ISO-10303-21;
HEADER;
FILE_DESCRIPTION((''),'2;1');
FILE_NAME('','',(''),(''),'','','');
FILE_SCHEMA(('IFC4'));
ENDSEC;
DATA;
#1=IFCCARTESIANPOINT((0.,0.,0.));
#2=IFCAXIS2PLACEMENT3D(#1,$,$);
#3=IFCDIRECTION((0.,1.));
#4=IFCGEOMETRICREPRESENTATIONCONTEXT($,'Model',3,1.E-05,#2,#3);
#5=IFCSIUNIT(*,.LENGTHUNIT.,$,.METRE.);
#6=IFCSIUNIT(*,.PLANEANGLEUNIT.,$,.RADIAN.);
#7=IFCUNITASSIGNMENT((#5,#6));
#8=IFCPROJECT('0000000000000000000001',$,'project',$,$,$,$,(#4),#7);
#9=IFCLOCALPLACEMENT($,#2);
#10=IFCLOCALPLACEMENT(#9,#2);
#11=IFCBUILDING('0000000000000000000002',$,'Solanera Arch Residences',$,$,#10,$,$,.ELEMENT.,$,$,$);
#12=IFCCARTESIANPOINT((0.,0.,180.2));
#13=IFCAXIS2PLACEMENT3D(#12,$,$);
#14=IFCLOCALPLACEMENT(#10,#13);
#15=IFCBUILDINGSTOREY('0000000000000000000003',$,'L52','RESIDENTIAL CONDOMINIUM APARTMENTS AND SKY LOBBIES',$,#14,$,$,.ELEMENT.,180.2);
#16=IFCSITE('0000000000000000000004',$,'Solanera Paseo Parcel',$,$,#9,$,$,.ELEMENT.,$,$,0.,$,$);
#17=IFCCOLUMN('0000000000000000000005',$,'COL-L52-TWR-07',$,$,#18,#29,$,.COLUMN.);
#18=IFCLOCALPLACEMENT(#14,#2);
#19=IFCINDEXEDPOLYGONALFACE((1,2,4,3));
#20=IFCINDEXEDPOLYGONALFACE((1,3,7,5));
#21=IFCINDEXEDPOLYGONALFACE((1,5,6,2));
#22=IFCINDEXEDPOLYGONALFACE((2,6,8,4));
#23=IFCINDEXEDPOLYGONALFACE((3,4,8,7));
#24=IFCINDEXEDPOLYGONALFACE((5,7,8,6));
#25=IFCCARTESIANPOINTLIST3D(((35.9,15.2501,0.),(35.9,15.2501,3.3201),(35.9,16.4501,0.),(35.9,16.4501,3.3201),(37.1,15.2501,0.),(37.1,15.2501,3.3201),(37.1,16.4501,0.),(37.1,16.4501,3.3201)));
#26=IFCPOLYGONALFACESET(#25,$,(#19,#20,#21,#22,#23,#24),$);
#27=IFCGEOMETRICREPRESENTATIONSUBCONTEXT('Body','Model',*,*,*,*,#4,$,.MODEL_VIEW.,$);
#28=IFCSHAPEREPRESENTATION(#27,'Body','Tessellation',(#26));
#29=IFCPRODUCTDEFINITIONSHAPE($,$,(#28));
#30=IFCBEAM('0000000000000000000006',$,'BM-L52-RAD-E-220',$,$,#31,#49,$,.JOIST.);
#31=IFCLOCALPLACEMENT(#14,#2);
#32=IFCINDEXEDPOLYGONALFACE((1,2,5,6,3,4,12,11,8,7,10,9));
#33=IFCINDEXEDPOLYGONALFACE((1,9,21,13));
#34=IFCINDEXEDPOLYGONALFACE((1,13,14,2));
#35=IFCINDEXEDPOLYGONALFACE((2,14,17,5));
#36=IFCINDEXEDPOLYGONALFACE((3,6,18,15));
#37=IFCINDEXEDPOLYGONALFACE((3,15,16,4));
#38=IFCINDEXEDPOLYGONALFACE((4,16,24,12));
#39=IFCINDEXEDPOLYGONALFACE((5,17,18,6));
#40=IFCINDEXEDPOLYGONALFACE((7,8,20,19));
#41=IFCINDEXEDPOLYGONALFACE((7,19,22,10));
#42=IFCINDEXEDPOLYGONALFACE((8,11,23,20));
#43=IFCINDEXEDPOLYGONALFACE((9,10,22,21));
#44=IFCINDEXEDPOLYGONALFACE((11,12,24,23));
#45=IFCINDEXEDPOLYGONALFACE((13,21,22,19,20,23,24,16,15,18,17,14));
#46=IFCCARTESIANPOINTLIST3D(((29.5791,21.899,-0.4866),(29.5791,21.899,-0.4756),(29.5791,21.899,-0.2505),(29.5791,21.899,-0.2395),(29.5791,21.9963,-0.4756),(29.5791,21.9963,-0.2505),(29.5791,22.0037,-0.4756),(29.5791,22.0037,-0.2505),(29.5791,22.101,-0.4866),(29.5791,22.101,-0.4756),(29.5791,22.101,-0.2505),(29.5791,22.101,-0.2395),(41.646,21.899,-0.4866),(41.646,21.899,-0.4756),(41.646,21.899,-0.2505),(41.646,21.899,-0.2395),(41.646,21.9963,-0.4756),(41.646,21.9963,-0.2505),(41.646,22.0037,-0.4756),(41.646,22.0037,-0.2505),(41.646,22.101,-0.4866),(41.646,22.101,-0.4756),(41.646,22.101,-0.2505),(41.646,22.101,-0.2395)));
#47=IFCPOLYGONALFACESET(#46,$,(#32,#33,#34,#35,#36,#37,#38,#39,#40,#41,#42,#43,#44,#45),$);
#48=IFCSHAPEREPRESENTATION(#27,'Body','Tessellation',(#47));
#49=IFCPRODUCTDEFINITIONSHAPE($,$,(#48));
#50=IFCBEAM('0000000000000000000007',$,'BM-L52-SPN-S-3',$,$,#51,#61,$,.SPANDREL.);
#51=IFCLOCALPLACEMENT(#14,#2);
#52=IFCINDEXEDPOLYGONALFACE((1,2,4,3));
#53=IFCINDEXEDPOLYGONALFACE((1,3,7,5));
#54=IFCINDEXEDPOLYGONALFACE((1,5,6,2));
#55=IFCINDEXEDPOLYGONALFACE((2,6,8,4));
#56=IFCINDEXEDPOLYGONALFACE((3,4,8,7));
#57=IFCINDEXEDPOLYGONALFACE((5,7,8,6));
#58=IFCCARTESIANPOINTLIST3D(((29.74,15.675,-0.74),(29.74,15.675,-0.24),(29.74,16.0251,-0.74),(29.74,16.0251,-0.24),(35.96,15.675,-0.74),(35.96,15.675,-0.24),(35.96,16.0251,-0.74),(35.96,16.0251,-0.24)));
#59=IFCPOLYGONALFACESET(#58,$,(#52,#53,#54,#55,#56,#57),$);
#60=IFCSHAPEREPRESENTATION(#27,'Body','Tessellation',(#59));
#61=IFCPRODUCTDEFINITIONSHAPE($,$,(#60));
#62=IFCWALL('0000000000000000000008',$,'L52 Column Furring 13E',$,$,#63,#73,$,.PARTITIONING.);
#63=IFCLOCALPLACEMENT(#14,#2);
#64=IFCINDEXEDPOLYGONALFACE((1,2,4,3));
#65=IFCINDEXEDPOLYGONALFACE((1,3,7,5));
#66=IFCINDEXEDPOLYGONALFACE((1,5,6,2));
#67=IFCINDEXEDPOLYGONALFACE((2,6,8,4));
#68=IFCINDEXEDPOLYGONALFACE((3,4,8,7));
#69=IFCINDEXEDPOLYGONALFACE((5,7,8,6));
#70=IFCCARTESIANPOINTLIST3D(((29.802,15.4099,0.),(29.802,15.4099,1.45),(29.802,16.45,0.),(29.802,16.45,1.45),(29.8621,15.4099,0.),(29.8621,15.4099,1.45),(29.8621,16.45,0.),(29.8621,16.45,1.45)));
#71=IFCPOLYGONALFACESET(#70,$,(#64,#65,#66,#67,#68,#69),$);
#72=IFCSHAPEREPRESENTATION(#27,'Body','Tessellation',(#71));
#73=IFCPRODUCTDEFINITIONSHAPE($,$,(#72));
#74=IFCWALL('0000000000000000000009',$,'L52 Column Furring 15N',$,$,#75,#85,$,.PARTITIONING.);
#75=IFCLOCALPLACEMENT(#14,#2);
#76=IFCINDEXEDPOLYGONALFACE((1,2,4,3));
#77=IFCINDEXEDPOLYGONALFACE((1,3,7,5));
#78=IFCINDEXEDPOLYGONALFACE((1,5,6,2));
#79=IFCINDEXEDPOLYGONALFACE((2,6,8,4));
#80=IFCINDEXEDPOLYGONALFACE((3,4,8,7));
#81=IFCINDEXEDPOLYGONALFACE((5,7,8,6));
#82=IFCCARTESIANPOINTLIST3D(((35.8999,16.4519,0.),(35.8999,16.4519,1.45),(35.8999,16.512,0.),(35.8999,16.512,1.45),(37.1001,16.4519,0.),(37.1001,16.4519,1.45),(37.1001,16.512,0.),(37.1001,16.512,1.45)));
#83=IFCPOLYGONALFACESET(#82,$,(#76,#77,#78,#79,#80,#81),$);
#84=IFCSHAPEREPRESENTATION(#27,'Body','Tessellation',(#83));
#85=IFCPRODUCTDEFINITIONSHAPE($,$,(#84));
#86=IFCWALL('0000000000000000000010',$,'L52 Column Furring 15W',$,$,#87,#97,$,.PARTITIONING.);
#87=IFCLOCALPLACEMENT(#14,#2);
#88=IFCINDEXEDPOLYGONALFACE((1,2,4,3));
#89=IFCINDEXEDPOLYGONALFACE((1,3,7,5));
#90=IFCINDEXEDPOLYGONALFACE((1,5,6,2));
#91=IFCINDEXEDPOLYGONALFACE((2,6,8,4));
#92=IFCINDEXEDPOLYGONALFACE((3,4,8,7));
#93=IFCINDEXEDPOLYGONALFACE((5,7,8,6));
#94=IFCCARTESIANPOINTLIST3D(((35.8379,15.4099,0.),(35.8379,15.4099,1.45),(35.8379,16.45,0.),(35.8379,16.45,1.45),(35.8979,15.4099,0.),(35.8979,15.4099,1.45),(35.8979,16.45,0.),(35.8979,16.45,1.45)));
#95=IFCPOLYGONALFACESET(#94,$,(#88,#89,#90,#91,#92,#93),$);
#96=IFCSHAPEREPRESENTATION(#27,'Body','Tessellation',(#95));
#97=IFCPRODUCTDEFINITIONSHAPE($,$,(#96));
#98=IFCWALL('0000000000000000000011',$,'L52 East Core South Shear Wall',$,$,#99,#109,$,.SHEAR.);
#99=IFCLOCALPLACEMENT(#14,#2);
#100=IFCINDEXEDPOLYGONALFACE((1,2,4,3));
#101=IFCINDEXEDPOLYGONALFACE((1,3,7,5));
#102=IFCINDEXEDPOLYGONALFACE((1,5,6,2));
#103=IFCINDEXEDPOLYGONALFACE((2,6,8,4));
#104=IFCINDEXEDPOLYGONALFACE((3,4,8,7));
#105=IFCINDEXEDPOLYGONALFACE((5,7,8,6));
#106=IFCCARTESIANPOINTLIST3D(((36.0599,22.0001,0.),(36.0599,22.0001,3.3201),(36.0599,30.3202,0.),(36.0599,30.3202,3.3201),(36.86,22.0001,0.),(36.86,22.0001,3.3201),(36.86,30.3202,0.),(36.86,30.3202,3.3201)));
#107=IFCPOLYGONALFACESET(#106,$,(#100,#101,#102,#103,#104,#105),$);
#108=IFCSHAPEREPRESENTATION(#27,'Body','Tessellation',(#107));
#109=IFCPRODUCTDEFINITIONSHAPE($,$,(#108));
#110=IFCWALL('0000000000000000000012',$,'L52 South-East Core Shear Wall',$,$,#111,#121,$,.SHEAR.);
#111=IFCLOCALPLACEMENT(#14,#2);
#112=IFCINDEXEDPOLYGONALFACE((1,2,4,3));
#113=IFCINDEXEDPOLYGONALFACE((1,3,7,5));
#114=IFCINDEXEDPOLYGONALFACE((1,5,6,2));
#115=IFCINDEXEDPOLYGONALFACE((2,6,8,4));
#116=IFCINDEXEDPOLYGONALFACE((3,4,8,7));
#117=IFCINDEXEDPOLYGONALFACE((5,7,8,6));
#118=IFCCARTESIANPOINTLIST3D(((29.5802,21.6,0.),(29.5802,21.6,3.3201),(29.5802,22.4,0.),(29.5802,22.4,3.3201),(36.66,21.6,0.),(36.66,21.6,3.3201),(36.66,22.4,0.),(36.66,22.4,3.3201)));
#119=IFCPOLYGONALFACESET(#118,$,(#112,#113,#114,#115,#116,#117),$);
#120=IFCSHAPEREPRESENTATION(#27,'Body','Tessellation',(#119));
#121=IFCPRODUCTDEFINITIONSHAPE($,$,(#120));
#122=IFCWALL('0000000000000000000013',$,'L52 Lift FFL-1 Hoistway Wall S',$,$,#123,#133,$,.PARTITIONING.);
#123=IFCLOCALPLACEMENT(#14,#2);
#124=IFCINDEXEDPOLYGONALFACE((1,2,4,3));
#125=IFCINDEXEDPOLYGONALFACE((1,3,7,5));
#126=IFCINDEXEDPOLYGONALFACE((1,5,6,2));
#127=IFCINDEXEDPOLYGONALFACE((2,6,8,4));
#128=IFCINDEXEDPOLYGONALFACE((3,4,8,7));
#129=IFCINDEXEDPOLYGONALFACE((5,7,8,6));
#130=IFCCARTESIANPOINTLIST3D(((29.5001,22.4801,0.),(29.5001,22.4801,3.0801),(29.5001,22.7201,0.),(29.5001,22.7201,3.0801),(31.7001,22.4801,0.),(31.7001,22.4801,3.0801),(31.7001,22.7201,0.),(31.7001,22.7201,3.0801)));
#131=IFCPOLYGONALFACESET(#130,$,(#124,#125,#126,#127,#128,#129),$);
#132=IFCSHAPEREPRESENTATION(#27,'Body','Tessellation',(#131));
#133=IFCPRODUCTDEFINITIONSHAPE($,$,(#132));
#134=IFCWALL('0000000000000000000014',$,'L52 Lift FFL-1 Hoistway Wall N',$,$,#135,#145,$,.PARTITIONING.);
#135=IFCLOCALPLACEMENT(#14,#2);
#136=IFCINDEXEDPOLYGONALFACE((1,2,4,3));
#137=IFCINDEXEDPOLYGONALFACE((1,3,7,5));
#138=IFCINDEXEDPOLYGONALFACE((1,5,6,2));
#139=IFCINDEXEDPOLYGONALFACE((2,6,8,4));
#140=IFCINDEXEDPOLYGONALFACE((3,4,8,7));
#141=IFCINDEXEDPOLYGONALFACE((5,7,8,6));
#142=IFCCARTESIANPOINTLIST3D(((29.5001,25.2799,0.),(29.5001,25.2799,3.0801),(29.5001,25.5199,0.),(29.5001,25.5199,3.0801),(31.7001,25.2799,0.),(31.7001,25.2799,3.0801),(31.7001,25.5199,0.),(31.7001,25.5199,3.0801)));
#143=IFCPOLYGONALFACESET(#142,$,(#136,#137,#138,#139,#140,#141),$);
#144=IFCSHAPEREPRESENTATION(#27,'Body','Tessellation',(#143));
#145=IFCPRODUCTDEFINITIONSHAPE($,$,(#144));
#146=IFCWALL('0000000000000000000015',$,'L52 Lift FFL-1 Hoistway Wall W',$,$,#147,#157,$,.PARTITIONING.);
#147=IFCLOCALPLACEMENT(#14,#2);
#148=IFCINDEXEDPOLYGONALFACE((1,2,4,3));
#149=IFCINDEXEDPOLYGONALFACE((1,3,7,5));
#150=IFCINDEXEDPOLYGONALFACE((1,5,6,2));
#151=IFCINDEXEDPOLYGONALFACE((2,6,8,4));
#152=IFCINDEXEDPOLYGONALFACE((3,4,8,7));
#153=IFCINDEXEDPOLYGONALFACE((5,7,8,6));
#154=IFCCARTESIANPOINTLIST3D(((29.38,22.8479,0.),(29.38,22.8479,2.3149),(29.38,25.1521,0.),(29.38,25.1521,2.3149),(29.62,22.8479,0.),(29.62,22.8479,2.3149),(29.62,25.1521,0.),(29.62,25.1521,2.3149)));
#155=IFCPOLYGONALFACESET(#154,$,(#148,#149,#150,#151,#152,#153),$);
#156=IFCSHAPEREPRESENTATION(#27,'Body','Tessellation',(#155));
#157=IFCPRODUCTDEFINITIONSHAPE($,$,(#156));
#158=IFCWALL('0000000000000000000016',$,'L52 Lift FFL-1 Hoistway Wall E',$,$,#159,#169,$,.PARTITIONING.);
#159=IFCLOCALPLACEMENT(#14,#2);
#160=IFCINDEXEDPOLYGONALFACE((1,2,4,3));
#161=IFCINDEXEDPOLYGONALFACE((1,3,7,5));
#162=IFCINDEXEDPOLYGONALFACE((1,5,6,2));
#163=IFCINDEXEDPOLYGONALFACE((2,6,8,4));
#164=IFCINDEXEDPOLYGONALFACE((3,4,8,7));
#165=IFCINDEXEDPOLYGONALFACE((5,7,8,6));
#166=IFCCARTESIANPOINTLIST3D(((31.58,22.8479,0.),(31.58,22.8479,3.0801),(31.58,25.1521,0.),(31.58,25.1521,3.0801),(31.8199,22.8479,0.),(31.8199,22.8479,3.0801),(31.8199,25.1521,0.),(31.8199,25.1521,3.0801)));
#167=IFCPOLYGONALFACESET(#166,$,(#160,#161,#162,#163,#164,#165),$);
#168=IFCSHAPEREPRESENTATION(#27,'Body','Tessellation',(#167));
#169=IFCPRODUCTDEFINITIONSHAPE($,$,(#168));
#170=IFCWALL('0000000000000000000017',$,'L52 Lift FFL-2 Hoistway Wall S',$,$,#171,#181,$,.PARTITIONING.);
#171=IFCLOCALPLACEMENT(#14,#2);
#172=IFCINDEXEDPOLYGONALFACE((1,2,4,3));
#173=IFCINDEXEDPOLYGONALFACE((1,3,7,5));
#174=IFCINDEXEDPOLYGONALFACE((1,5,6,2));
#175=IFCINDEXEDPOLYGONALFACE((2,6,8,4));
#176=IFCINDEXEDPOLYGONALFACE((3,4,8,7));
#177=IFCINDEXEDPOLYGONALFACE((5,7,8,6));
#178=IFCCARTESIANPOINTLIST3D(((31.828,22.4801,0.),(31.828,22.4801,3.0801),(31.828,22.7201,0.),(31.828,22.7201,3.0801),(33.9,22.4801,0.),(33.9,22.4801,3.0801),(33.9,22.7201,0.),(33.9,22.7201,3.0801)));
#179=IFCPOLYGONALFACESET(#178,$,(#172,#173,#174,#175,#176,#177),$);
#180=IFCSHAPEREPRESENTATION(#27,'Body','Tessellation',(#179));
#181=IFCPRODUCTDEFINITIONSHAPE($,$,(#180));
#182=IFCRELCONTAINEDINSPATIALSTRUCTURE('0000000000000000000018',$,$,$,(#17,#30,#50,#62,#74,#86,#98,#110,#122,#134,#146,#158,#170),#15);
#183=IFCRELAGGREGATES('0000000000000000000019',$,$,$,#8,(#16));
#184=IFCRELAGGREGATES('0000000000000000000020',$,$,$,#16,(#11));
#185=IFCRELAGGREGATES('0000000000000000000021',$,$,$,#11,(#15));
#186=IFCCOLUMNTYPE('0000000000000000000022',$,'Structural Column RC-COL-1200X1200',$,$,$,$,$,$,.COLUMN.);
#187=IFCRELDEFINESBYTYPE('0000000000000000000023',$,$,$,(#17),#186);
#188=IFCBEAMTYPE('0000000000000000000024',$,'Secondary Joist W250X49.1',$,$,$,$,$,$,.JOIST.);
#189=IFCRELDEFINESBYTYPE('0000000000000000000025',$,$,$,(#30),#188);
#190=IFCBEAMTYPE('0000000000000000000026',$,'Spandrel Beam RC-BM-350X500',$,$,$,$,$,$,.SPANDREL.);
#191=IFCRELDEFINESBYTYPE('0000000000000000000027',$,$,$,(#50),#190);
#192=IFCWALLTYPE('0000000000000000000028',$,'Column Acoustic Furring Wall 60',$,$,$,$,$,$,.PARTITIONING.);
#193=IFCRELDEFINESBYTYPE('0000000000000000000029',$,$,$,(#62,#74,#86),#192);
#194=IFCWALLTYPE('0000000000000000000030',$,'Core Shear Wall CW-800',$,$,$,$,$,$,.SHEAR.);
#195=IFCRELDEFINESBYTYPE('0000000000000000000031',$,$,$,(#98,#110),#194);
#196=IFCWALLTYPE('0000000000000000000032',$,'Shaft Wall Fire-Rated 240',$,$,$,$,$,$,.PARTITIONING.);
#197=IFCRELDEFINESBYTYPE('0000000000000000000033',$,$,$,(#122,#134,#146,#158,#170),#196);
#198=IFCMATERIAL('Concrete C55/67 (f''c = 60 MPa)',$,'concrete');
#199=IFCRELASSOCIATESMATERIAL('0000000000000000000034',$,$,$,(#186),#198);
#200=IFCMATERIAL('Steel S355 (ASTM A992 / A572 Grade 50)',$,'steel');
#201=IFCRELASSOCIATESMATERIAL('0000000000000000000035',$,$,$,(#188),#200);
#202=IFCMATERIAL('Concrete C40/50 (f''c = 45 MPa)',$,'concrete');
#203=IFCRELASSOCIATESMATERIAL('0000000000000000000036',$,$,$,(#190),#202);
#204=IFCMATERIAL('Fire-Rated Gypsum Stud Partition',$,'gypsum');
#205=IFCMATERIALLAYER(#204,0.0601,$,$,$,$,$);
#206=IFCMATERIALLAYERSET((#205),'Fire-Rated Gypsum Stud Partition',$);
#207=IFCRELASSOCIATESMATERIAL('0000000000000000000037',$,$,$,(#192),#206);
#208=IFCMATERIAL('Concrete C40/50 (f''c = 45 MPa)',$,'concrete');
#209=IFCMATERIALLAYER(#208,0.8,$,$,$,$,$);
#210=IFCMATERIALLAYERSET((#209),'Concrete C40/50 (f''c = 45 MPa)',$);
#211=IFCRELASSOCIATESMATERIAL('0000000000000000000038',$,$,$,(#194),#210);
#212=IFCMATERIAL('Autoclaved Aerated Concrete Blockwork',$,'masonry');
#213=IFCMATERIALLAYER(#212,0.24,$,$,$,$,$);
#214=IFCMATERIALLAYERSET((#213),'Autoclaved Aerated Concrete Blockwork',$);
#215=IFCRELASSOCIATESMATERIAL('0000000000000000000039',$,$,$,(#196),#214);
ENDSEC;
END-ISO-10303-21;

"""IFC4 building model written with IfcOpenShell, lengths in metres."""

from ifc_helpers import new_model, si_unit, direction, frame, frame_2d, origin, origin_2d, place, context, subcontext, project, spatial, rectangle, i_section, extrude, material, layer, layer_set, material_profile, profile_set, type_object, element, save


model = new_model("IFC4")

# Units and contexts
model_context = context("Model", 3, precision=1e-05, world=origin(), true_north=direction((0.0, 1.0)))
body_context = subcontext(model_context, "Body", "Model", "MODEL_VIEW")
ifc_project = project(units=[si_unit("LENGTHUNIT", "METRE"), si_unit("PLANEANGLEUNIT", "RADIAN")], contexts=[model_context])

# Site, building, storey
site_placement = place(None, origin())
site = spatial("IfcSite", under=ifc_project, at=site_placement, Name="Solanera Paseo Parcel", CompositionType="ELEMENT", RefElevation=0.0)
building_placement = place(site_placement, origin())
building = spatial("IfcBuilding", under=site, at=building_placement, Name="Solanera Arch Residences", CompositionType="ELEMENT")
storey_placement = place(building_placement, frame((0.0, 0.0, 180.2)))
storey = spatial("IfcBuildingStorey", under=building, at=storey_placement, Name="L52", Description="RESIDENTIAL CONDOMINIUM APARTMENTS AND SKY LOBBIES", CompositionType="ELEMENT", Elevation=180.2)

# Column
ifc_material_1 = material(Name="Concrete C55/67 (f'c = 60 MPa)", Category="concrete")
ifc_material_profile_1 = material_profile(ifc_material_1, rectangle(XDim=1.2, YDim=1.2, at=origin_2d()))
ifc_profile_set_1 = profile_set([ifc_material_profile_1], Name="Concrete C55/67 (f'c = 60 MPa)")
column_type = type_object("IfcColumnType", Name="Structural Column RC-COL-1200X1200", PredefinedType="COLUMN", material=ifc_profile_set_1)
column_placement = place(storey_placement, frame((36.5, 15.8501, 0.0), z_axis=(0.0, 0.0, 1.0), x_axis=(1.0, 0.0, 0.0)))
element("IfcColumn", 1, at=column_placement, inside=storey, type_object=column_type, Name="COL-L52-TWR-07", PredefinedType="COLUMN", context=body_context, shape_type="SweptSolid", body=[
    extrude(rectangle(XDim=1.2, YDim=1.2, at=origin_2d()), origin(), (0.0, 0.0, 1.0), 3.3201),
])

# Beams
ifc_material_2 = material(Name="Steel S355 (ASTM A992 / A572 Grade 50)", Category="steel")
ifc_material_profile_2 = material_profile(ifc_material_2, i_section(OverallWidth=0.2019, OverallDepth=0.2471, WebThickness=0.0073, FlangeThickness=0.011, at=origin_2d()))
ifc_profile_set_2 = profile_set([ifc_material_profile_2], Name="Steel S355 (ASTM A992 / A572 Grade 50)")
beam_type_1 = type_object("IfcBeamType", Name="Secondary Joist W250X49.1", PredefinedType="JOIST", material=ifc_profile_set_2)
beam_1_placement = place(storey_placement, frame((29.5791, 22.0, -0.363), z_axis=(1.0, 0.0, 0.0), x_axis=(0.0, 1.0, 0.0)))
element("IfcBeam", 2, at=beam_1_placement, inside=storey, type_object=beam_type_1, Name="BM-L52-RAD-E-220", PredefinedType="JOIST", context=body_context, shape_type="SweptSolid", body=[
    extrude(i_section(OverallWidth=0.2019, OverallDepth=0.2471, WebThickness=0.0073, FlangeThickness=0.011, at=origin_2d()), origin(), (0.0, 0.0, 1.0), 12.0669),
])
ifc_material_3 = material(Name="Concrete C40/50 (f'c = 45 MPa)", Category="concrete")
ifc_material_profile_3 = material_profile(ifc_material_3, rectangle(XDim=0.3501, YDim=0.5, at=origin_2d()))
ifc_profile_set_3 = profile_set([ifc_material_profile_3], Name="Concrete C40/50 (f'c = 45 MPa)")
beam_type_2 = type_object("IfcBeamType", Name="Spandrel Beam RC-BM-350X500", PredefinedType="SPANDREL", material=ifc_profile_set_3)
beam_2_placement = place(storey_placement, frame((29.74, 15.8501, -0.49), z_axis=(1.0, 0.0, 0.0), x_axis=(0.0, 1.0, 0.0)))
element("IfcBeam", 3, at=beam_2_placement, inside=storey, type_object=beam_type_2, Name="BM-L52-SPN-S-3", PredefinedType="SPANDREL", context=body_context, shape_type="SweptSolid", body=[
    extrude(rectangle(XDim=0.3501, YDim=0.5, at=origin_2d()), origin(), (0.0, 0.0, 1.0), 6.22),
])

# Walls
ifc_material_4 = material(Name="Fire-Rated Gypsum Stud Partition", Category="gypsum")
ifc_layer_1 = layer(ifc_material_4, 0.0601)
ifc_layer_set_1 = layer_set([ifc_layer_1], Name="Fire-Rated Gypsum Stud Partition")
wall_type_1 = type_object("IfcWallType", Name="Column Acoustic Furring Wall 60", PredefinedType="PARTITIONING", material=ifc_layer_set_1)
wall_1_placement = place(storey_placement, frame((29.832, 15.4099, 0.0), z_axis=(0.0, 0.0, 1.0), x_axis=(0.0, 1.0, 0.0)))
element("IfcWall", 4, at=wall_1_placement, inside=storey, type_object=wall_type_1, Name="L52 Column Furring 13E", PredefinedType="PARTITIONING", context=body_context, shape_type="SweptSolid", body=[
    extrude(rectangle(XDim=1.04, YDim=0.0601, at=frame_2d((0.52, 0.0))), origin(), (0.0, 0.0, 1.0), 1.45),
])
wall_2_placement = place(storey_placement, frame((35.8999, 16.4819, 0.0), z_axis=(0.0, 0.0, 1.0), x_axis=(1.0, 0.0, 0.0)))
element("IfcWall", 5, at=wall_2_placement, inside=storey, type_object=wall_type_1, Name="L52 Column Furring 15N", PredefinedType="PARTITIONING", context=body_context, shape_type="SweptSolid", body=[
    extrude(rectangle(XDim=1.2002, YDim=0.0601, at=frame_2d((0.6001, 0.0))), origin(), (0.0, 0.0, 1.0), 1.45),
])
wall_3_placement = place(storey_placement, frame((35.8679, 15.4099, 0.0), z_axis=(0.0, 0.0, 1.0), x_axis=(0.0, 1.0, 0.0)))
element("IfcWall", 6, at=wall_3_placement, inside=storey, type_object=wall_type_1, Name="L52 Column Furring 15W", PredefinedType="PARTITIONING", context=body_context, shape_type="SweptSolid", body=[
    extrude(rectangle(XDim=1.04, YDim=0.0601, at=frame_2d((0.52, 0.0))), origin(), (0.0, 0.0, 1.0), 1.45),
])
ifc_material_5 = material(Name="Concrete C40/50 (f'c = 45 MPa)", Category="concrete")
ifc_layer_2 = layer(ifc_material_5, 0.8)
ifc_layer_set_2 = layer_set([ifc_layer_2], Name="Concrete C40/50 (f'c = 45 MPa)")
wall_type_2 = type_object("IfcWallType", Name="Core Shear Wall CW-800", PredefinedType="SHEAR", material=ifc_layer_set_2)
wall_4_placement = place(storey_placement, frame((36.46, 22.0, 0.0), z_axis=(0.0, 0.0, 1.0), x_axis=(0.0, 1.0, 0.0)))
element("IfcWall", 7, at=wall_4_placement, inside=storey, type_object=wall_type_2, Name="L52 East Core South Shear Wall", PredefinedType="SHEAR", context=body_context, shape_type="SweptSolid", body=[
    extrude(rectangle(XDim=8.3201, YDim=0.8, at=frame_2d((4.1602, 0.0))), origin(), (0.0, 0.0, 1.0), 3.3201),
])
wall_5_placement = place(storey_placement, frame((29.5801, 22.0, 0.0), z_axis=(0.0, 0.0, 1.0), x_axis=(1.0, 0.0, 0.0)))
element("IfcWall", 8, at=wall_5_placement, inside=storey, type_object=wall_type_2, Name="L52 South-East Core Shear Wall", PredefinedType="SHEAR", context=body_context, shape_type="SweptSolid", body=[
    extrude(rectangle(XDim=7.0798, YDim=0.8, at=frame_2d((3.54, 0.0))), origin(), (0.0, 0.0, 1.0), 3.3201),
])
ifc_material_6 = material(Name="Autoclaved Aerated Concrete Blockwork", Category="masonry")
ifc_layer_3 = layer(ifc_material_6, 0.24)
ifc_layer_set_3 = layer_set([ifc_layer_3], Name="Autoclaved Aerated Concrete Blockwork")
wall_type_3 = type_object("IfcWallType", Name="Shaft Wall Fire-Rated 240", PredefinedType="PARTITIONING", material=ifc_layer_set_3)
for number, where, z_axis, x_axis, name in (
    (9, (29.5, 22.6001, 0.0), (0.0, 0.0, 1.0), (1.0, 0.0, 0.0), "L52 Lift FFL-1 Hoistway Wall S"),
    (10, (29.5, 25.3999, 0.0), (0.0, 0.0, 1.0), (1.0, 0.0, 0.0), "L52 Lift FFL-1 Hoistway Wall N"),
):
    element("IfcWall", number, at=place(storey_placement, frame(where, z_axis=z_axis, x_axis=x_axis)), inside=storey, type_object=wall_type_3, Name=name, PredefinedType="PARTITIONING", context=body_context, shape_type="SweptSolid", body=[
        extrude(rectangle(XDim=2.2, YDim=0.24, at=frame_2d((1.1001, 0.0))), origin(), (0.0, 0.0, 1.0), 3.0801),
    ])
wall_6_placement = place(storey_placement, frame((29.5, 22.8479, 0.0), z_axis=(0.0, 0.0, 1.0), x_axis=(0.0, 1.0, 0.0)))
element("IfcWall", 11, at=wall_6_placement, inside=storey, type_object=wall_type_3, Name="L52 Lift FFL-1 Hoistway Wall W", PredefinedType="PARTITIONING", context=body_context, shape_type="SweptSolid", body=[
    extrude(rectangle(XDim=2.3042, YDim=0.24, at=frame_2d((1.1521, 0.0))), origin(), (0.0, 0.0, 1.0), 2.3149),
])
wall_7_placement = place(storey_placement, frame((31.7, 22.8479, 0.0), z_axis=(0.0, 0.0, 1.0), x_axis=(0.0, 1.0, 0.0)))
element("IfcWall", 12, at=wall_7_placement, inside=storey, type_object=wall_type_3, Name="L52 Lift FFL-1 Hoistway Wall E", PredefinedType="PARTITIONING", context=body_context, shape_type="SweptSolid", body=[
    extrude(rectangle(XDim=2.3042, YDim=0.24, at=frame_2d((1.1521, 0.0))), origin(), (0.0, 0.0, 1.0), 3.0801),
])
for number, where, z_axis, x_axis, name in (
    (13, (31.8279, 22.6001, 0.0), (0.0, 0.0, 1.0), (1.0, 0.0, 0.0), "L52 Lift FFL-2 Hoistway Wall S"),
):
    element("IfcWall", number, at=place(storey_placement, frame(where, z_axis=z_axis, x_axis=x_axis)), inside=storey, type_object=wall_type_3, Name=name, PredefinedType="PARTITIONING", context=body_context, shape_type="SweptSolid", body=[
        extrude(rectangle(XDim=2.072, YDim=0.24, at=frame_2d((1.0361, 0.0))), origin(), (0.0, 0.0, 1.0), 3.0801),
    ])

save(model, "model.ifc")
